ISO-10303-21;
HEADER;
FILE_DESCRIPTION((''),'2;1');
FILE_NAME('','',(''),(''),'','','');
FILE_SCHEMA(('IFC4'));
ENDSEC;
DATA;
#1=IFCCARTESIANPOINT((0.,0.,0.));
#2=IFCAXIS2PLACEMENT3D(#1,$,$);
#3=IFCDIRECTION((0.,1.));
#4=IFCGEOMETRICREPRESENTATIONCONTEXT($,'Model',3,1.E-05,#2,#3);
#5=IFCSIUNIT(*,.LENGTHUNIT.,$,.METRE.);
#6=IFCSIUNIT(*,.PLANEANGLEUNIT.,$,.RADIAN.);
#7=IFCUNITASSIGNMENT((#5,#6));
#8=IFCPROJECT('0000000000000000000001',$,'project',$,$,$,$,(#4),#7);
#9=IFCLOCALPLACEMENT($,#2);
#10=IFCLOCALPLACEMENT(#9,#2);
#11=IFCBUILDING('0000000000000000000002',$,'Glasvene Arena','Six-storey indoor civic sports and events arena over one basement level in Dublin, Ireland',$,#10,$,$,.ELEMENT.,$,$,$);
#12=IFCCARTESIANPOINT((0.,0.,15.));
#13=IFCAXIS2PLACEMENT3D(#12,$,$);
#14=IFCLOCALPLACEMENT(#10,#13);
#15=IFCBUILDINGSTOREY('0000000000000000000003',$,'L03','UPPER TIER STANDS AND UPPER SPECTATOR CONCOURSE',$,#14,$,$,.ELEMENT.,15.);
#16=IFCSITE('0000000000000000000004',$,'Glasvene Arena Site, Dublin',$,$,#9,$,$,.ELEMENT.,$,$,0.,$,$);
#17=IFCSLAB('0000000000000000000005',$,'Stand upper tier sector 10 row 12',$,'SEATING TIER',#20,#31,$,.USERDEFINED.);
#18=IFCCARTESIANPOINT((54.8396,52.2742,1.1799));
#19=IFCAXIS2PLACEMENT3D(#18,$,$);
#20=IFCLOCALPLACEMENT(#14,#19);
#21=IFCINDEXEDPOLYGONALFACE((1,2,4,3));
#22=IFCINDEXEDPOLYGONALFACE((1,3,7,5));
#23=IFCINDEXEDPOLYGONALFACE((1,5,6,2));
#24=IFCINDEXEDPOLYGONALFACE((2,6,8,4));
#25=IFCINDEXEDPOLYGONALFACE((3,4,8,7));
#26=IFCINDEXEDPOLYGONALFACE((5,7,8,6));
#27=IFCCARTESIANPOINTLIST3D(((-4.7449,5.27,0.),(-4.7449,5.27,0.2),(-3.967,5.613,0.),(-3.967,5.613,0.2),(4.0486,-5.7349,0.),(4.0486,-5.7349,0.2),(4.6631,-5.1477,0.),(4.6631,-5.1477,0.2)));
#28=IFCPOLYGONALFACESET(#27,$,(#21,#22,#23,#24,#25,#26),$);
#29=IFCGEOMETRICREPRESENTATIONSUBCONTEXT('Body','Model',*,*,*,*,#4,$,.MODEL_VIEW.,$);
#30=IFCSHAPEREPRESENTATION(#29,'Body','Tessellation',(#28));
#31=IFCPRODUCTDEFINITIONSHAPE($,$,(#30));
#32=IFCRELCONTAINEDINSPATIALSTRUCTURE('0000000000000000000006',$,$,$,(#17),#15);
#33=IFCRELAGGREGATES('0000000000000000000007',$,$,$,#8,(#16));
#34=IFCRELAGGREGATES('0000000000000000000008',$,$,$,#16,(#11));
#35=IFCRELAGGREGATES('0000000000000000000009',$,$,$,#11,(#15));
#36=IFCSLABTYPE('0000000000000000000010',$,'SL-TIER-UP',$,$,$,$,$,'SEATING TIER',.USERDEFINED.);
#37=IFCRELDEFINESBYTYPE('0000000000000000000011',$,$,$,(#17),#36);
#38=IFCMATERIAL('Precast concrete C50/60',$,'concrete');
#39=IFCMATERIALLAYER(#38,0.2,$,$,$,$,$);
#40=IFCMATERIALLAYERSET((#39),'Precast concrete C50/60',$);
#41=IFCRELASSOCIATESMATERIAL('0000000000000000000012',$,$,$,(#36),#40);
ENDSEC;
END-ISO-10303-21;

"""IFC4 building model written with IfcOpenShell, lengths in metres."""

from ifc_helpers import new_model, si_unit, direction, frame, origin, place, context, subcontext, project, spatial, polyline, outline, extrude, material, layer, layer_set, type_object, element, save


model = new_model("IFC4")

# Units and contexts
model_context = context("Model", 3, precision=1e-05, world=origin(), true_north=direction((0.0, 1.0)))
body_context = subcontext(model_context, "Body", "Model", "MODEL_VIEW")
ifc_project = project(units=[si_unit("LENGTHUNIT", "METRE"), si_unit("PLANEANGLEUNIT", "RADIAN")], contexts=[model_context])

# Site, building, storey
site_placement = place(None, origin())
site = spatial("IfcSite", under=ifc_project, at=site_placement, Name="Glasvene Arena Site, Dublin", CompositionType="ELEMENT", RefElevation=0.0)
building_placement = place(site_placement, origin())
building = spatial("IfcBuilding", under=site, at=building_placement, Name="Glasvene Arena", Description="Six-storey indoor civic sports and events arena over one basement level in Dublin, Ireland", CompositionType="ELEMENT")
storey_placement = place(building_placement, frame((0.0, 0.0, 15.0)))
storey = spatial("IfcBuildingStorey", under=building, at=storey_placement, Name="L03", Description="UPPER TIER STANDS AND UPPER SPECTATOR CONCOURSE", CompositionType="ELEMENT", Elevation=15.0)

# Slab
ifc_material_1 = material(Name="Precast concrete C50/60", Category="concrete")
ifc_layer_1 = layer(ifc_material_1, 0.2)
ifc_layer_set_1 = layer_set([ifc_layer_1], Name="Precast concrete C50/60")
slab_type = type_object("IfcSlabType", Name="SL-TIER-UP", ElementType="SEATING TIER", PredefinedType="USERDEFINED", material=ifc_layer_set_1)
slab_placement = place(storey_placement, frame((54.8396, 52.2742, 1.1799)))
element("IfcSlab", 1, at=slab_placement, inside=storey, type_object=slab_type, Name="Stand upper tier sector 10 row 12", ObjectType="SEATING TIER", PredefinedType="USERDEFINED", context=body_context, shape_type="SweptSolid", body=[
    extrude(outline(polyline([(-3.967, 5.613), (4.6631, -5.1477), (4.0486, -5.7349), (-4.7449, 5.27), (-3.967, 5.613)])), origin(), (0.0, 0.0, 1.0), 0.2),
])

save(model, "model.ifc")
